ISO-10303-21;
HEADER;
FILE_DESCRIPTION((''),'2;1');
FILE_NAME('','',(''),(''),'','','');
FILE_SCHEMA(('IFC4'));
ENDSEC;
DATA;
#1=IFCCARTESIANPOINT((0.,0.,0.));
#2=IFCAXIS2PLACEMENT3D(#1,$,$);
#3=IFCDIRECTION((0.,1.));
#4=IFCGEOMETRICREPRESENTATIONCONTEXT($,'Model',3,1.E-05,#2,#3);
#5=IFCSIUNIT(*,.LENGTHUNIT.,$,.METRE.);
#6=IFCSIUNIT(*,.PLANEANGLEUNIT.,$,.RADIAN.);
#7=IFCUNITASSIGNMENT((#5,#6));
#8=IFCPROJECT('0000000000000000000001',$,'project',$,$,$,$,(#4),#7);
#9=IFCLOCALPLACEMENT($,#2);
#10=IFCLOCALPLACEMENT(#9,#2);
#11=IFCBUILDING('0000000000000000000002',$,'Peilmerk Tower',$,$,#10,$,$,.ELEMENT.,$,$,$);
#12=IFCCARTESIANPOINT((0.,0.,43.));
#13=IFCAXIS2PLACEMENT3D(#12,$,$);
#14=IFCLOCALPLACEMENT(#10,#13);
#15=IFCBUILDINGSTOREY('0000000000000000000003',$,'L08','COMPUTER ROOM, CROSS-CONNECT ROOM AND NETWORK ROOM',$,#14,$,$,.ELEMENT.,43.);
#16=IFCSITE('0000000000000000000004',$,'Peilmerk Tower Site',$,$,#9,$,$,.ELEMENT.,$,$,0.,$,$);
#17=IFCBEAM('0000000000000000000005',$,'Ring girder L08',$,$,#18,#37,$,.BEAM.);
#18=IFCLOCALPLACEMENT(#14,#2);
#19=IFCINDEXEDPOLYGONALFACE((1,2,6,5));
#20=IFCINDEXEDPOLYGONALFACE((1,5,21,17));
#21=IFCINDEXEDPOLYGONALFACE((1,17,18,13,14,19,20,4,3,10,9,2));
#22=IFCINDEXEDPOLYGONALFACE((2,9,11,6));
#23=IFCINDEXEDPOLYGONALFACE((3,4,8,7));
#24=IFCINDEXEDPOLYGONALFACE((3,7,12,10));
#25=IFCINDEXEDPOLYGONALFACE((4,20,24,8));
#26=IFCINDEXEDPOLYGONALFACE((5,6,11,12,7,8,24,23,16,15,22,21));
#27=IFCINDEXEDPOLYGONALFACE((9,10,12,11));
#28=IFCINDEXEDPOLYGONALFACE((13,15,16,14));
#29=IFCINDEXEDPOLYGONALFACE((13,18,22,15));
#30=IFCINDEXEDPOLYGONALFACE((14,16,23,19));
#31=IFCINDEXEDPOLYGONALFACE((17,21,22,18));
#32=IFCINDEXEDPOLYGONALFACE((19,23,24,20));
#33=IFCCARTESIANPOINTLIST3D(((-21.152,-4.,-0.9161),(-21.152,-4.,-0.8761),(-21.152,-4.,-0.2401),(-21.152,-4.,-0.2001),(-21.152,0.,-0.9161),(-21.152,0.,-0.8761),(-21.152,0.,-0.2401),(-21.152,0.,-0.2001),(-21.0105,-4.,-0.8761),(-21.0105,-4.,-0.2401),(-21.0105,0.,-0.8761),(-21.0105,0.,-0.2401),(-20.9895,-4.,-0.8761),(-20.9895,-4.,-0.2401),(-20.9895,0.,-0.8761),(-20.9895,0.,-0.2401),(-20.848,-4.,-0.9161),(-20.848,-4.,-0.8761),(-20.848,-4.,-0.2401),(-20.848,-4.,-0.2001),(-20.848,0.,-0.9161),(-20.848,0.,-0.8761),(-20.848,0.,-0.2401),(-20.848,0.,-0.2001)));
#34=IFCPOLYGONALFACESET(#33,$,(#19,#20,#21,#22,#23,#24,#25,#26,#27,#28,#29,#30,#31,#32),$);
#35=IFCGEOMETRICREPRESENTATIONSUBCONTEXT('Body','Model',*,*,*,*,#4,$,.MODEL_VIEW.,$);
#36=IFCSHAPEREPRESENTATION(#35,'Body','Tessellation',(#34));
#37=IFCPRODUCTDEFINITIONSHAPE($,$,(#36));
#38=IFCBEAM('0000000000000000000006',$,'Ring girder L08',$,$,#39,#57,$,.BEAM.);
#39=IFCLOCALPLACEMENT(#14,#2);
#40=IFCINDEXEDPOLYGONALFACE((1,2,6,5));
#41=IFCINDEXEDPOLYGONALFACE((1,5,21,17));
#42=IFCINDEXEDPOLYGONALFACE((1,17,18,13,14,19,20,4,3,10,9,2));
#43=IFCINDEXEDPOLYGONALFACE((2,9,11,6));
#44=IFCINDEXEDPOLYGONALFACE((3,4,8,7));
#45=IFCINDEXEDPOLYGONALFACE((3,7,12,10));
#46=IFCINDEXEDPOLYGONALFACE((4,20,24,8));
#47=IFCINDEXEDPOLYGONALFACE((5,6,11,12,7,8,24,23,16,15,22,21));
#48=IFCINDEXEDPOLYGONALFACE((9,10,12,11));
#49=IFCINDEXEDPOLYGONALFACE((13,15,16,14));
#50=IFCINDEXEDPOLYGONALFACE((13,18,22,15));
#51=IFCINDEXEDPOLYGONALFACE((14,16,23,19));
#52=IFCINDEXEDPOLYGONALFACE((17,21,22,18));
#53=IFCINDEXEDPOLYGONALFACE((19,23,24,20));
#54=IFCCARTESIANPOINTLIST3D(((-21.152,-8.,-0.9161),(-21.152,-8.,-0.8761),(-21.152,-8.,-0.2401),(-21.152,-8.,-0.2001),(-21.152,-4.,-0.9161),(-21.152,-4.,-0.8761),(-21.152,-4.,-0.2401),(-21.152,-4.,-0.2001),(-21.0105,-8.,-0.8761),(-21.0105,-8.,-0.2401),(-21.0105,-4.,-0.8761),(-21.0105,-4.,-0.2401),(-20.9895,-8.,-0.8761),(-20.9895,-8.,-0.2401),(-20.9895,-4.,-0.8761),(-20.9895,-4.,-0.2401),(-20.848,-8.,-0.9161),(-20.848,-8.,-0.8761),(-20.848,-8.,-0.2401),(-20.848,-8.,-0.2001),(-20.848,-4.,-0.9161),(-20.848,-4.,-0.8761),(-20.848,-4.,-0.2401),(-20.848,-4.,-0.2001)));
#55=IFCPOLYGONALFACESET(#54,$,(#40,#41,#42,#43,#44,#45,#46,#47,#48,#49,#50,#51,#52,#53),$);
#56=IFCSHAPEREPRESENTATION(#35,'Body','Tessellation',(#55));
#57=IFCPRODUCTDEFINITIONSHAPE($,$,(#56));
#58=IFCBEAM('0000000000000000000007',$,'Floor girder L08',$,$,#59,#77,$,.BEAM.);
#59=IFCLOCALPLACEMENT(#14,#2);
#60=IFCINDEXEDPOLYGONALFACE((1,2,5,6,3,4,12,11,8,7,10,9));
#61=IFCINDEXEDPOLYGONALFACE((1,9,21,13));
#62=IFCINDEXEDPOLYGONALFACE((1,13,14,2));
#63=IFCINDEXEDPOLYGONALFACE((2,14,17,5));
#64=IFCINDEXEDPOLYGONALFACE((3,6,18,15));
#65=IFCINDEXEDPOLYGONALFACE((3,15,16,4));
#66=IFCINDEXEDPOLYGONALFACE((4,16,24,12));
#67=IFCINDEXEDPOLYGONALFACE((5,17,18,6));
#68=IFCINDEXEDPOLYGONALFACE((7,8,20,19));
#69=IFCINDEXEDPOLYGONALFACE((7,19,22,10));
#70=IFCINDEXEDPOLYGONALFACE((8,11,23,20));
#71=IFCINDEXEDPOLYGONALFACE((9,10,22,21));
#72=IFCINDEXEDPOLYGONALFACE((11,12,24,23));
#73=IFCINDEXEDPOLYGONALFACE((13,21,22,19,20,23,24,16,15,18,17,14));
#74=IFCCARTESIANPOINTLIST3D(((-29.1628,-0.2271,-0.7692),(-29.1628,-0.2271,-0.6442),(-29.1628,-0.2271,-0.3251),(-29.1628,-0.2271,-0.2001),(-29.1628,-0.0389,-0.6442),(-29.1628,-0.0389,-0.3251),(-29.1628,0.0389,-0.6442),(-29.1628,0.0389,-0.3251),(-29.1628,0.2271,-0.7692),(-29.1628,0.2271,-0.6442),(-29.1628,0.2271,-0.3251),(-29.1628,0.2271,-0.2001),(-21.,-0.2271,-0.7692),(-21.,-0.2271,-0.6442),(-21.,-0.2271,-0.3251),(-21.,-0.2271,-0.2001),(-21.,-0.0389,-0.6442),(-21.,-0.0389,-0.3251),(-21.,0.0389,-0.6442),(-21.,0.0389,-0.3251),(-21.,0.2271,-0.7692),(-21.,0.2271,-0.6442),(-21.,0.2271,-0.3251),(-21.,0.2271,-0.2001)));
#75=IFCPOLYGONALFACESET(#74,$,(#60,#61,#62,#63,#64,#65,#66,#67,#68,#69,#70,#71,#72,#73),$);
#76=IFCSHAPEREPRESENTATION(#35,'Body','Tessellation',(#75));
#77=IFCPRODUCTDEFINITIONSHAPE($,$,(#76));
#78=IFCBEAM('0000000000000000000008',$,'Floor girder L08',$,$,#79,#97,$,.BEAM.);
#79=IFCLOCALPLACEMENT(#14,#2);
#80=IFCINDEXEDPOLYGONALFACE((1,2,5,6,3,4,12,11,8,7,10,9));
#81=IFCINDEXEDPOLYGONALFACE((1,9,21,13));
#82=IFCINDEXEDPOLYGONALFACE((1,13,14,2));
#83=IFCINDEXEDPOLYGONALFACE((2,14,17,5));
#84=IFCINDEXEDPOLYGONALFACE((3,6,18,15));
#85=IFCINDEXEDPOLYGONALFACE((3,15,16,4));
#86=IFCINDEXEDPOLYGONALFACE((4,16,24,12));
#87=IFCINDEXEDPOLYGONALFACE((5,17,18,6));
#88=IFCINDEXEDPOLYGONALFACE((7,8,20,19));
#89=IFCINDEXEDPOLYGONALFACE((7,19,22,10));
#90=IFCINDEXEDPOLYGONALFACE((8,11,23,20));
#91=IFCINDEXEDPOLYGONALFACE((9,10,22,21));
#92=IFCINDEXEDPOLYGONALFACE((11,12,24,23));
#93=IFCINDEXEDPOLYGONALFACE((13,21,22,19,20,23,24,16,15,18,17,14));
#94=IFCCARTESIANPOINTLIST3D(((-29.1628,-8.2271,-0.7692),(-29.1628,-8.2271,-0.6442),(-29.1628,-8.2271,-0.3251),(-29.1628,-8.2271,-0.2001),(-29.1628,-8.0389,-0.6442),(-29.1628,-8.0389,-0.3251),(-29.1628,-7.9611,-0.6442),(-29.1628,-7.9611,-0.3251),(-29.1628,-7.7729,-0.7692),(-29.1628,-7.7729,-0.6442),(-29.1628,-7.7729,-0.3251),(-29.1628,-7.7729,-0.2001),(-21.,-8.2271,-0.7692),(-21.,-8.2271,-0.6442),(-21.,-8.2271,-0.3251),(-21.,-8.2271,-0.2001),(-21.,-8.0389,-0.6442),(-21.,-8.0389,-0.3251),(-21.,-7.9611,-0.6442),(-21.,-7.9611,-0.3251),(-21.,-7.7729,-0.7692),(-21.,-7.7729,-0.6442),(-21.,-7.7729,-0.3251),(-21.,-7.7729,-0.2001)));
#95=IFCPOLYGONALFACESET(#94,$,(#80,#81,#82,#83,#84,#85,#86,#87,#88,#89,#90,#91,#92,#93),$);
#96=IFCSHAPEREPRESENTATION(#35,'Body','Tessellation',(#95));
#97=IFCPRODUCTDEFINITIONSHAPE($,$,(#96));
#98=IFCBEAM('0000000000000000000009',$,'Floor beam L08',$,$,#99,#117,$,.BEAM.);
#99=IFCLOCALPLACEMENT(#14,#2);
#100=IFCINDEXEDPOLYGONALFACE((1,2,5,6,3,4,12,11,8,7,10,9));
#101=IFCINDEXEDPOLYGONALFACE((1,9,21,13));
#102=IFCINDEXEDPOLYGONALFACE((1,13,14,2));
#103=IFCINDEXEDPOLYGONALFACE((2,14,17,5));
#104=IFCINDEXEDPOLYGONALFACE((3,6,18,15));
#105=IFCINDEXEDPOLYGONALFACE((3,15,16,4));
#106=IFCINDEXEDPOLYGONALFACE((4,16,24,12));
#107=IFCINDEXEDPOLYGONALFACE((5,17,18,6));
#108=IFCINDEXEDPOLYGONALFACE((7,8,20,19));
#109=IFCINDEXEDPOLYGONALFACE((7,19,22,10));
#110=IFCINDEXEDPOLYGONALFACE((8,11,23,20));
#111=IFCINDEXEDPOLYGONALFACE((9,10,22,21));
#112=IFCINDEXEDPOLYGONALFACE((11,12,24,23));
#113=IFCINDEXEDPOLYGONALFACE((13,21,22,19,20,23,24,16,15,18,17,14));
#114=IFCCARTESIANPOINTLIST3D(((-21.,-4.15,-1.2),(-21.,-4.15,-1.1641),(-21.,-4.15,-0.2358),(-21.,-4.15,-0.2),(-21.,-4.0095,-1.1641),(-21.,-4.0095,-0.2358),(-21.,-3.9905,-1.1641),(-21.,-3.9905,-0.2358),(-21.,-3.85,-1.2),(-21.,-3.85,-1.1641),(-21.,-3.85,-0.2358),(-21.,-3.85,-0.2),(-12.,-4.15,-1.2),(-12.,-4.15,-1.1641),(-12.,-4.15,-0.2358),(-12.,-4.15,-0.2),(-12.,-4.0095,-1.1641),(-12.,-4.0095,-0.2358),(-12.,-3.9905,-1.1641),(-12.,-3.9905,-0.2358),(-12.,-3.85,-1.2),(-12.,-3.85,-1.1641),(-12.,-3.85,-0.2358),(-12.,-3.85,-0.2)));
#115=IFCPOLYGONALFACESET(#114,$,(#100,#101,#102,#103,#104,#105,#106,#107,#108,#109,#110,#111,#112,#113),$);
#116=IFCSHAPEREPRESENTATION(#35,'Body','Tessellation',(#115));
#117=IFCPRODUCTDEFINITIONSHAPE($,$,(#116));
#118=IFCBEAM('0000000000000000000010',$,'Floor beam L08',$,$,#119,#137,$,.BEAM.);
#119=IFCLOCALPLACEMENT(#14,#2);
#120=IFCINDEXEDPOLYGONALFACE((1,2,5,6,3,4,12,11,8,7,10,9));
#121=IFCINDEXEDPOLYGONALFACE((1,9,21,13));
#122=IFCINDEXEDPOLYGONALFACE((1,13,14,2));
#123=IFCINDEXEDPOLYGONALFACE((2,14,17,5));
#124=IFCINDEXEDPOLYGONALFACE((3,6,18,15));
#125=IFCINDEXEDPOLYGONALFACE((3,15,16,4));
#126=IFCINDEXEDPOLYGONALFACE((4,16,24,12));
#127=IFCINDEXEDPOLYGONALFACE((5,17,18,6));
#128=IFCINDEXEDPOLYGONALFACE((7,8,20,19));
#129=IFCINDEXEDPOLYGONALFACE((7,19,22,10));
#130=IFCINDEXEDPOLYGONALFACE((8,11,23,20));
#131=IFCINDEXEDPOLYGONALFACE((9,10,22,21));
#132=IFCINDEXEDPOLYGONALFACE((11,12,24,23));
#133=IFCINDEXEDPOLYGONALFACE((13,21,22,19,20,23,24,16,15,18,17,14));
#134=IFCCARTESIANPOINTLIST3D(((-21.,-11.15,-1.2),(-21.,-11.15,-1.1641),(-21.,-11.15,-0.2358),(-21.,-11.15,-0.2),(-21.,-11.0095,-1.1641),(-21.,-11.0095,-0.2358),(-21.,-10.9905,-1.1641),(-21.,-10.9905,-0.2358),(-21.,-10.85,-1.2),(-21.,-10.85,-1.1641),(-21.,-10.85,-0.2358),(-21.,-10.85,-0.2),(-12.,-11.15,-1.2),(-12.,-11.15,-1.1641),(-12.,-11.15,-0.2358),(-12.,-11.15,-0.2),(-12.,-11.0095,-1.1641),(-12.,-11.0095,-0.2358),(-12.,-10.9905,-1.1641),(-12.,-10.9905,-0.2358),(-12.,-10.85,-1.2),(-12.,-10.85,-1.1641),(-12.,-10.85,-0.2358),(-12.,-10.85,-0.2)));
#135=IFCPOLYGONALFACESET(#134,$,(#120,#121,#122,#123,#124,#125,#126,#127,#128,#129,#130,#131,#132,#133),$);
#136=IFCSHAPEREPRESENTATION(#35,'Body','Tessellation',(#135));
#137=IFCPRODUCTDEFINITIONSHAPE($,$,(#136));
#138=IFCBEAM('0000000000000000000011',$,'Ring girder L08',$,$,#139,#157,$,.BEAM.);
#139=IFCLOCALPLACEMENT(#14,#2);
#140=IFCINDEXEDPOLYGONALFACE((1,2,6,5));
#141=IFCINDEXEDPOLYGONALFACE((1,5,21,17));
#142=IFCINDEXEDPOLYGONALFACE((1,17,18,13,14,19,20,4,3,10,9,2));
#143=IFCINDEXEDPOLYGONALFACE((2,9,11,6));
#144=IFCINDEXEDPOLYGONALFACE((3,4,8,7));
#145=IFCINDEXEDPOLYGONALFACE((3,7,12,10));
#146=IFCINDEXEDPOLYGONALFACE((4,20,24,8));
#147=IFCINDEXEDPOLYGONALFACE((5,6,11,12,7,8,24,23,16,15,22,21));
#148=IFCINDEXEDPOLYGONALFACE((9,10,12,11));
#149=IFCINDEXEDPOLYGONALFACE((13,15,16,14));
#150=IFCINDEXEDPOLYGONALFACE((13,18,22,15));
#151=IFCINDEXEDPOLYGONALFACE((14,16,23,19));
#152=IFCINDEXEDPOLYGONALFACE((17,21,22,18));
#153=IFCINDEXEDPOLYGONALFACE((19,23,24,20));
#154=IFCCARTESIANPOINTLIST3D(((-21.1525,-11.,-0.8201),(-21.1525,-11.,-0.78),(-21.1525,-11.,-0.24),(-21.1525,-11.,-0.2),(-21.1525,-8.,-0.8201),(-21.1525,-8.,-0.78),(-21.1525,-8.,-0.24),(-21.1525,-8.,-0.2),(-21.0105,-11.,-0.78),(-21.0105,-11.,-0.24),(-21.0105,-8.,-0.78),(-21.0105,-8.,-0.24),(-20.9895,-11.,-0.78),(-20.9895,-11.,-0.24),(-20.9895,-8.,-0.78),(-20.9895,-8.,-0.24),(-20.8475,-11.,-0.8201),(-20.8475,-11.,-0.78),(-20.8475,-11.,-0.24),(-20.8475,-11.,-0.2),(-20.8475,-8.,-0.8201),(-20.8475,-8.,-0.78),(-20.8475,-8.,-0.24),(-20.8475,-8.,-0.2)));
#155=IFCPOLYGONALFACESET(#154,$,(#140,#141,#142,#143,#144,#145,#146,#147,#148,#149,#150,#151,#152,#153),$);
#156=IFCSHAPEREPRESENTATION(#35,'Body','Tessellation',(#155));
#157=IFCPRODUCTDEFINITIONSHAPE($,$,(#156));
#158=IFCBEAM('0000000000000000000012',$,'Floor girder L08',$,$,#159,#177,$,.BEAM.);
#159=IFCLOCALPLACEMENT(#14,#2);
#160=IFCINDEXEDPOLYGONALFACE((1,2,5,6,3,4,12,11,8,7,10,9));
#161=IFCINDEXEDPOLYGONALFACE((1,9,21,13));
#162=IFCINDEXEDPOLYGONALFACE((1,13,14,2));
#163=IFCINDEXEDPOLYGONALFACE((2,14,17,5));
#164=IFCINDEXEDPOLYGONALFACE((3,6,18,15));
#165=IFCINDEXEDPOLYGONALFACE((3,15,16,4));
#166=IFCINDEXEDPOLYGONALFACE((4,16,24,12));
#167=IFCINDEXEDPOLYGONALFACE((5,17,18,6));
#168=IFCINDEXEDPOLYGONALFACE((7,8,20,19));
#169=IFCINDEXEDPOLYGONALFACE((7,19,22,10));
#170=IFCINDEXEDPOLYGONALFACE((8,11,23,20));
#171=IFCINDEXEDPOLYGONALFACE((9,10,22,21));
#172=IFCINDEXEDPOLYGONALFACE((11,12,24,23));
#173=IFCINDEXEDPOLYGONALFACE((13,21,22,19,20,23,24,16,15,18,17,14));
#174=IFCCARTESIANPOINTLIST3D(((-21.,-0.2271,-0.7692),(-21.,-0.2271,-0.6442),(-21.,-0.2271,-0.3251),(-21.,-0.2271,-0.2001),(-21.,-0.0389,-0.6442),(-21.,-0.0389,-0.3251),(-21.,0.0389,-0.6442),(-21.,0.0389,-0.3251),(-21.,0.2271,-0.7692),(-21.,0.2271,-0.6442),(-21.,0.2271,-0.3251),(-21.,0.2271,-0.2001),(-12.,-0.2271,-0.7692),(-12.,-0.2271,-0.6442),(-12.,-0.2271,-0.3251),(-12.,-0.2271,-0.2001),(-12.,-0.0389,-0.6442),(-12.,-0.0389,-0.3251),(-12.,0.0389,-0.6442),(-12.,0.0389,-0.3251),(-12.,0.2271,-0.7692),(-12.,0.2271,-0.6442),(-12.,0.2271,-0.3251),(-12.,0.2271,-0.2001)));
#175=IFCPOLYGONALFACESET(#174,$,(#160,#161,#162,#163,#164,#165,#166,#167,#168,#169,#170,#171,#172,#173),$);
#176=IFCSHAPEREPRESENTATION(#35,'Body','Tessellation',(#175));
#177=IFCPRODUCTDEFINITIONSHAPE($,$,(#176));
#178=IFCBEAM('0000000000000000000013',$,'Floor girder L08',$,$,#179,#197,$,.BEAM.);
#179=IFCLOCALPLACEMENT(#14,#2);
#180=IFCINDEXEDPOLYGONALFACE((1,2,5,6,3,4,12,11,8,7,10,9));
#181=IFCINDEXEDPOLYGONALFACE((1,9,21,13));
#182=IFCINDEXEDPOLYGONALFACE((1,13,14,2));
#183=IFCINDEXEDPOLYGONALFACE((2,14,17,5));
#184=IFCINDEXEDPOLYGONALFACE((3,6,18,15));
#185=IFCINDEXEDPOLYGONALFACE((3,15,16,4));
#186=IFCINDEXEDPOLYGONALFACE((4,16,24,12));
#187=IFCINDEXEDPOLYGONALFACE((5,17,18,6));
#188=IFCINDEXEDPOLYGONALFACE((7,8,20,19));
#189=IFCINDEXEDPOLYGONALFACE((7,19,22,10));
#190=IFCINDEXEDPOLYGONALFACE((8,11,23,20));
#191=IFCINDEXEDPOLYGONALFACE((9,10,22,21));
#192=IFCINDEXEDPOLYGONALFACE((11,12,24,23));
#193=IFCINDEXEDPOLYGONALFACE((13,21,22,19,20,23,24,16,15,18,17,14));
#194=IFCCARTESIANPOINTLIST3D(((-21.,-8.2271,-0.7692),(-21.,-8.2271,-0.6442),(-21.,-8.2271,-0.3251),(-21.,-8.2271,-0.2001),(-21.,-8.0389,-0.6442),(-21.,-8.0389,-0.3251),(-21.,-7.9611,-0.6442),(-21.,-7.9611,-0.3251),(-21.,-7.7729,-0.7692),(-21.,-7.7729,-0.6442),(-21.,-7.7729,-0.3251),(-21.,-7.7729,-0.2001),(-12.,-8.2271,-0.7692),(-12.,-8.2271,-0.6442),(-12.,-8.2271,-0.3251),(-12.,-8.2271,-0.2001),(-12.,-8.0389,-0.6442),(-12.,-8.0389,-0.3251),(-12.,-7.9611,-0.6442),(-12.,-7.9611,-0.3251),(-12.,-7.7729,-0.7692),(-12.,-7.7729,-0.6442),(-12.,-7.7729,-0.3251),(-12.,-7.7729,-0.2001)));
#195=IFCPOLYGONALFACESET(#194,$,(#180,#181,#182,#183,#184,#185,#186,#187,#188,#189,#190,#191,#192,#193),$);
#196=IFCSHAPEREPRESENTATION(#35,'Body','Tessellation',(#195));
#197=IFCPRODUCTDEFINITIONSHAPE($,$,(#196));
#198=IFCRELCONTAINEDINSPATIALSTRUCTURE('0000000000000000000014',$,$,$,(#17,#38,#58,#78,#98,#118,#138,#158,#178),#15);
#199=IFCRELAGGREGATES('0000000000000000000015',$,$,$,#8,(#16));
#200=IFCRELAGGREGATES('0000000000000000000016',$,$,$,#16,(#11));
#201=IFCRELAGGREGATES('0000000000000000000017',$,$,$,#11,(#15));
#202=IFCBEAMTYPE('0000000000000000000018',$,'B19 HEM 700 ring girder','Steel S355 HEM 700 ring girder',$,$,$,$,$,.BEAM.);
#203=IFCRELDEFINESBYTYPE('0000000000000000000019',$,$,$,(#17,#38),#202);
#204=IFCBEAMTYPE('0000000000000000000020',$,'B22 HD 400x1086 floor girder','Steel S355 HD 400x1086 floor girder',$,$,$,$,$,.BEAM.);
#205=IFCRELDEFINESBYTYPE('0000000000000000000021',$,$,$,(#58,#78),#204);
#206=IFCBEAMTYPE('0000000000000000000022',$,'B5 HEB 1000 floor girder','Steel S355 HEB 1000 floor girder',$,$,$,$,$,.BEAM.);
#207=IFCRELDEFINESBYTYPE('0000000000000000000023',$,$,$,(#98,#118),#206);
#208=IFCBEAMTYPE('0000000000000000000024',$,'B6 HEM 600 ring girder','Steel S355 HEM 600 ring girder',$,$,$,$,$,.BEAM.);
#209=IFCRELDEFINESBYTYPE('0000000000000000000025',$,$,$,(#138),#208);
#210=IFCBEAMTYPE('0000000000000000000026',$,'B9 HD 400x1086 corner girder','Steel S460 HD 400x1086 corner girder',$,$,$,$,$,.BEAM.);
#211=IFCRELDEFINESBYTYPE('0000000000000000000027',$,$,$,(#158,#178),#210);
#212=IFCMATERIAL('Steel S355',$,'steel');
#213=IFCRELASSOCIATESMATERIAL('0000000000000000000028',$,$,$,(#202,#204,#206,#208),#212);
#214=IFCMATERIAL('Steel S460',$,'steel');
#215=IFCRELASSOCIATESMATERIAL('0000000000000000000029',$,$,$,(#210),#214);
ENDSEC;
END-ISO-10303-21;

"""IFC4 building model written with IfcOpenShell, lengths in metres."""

from ifc_helpers import new_model, si_unit, direction, frame, origin, origin_2d, place, context, subcontext, project, spatial, i_section, extrude, material, material_profile, profile_set, type_object, element, save


model = new_model("IFC4")

# Units and contexts
model_context = context("Model", 3, precision=1e-05, world=origin(), true_north=direction((0.0, 1.0)))
body_context = subcontext(model_context, "Body", "Model", "MODEL_VIEW")
ifc_project = project(units=[si_unit("LENGTHUNIT", "METRE"), si_unit("PLANEANGLEUNIT", "RADIAN")], contexts=[model_context])

# Site, building, storey
site_placement = place(None, origin())
site = spatial("IfcSite", under=ifc_project, at=site_placement, Name="Peilmerk Tower Site", CompositionType="ELEMENT", RefElevation=0.0)
building_placement = place(site_placement, origin())
building = spatial("IfcBuilding", under=site, at=building_placement, Name="Peilmerk Tower", CompositionType="ELEMENT")
storey_placement = place(building_placement, frame((0.0, 0.0, 43.0)))
storey = spatial("IfcBuildingStorey", under=building, at=storey_placement, Name="L08", Description="COMPUTER ROOM, CROSS-CONNECT ROOM AND NETWORK ROOM", CompositionType="ELEMENT", Elevation=43.0)

# Beams
ifc_material_1 = material(Name="Steel S355", Category="steel")
ifc_material_profile_1 = material_profile(ifc_material_1, i_section(OverallWidth=0.304, OverallDepth=0.7161, WebThickness=0.021, FlangeThickness=0.04, at=origin_2d()), Name="HEM 700")
ifc_profile_set_1 = profile_set([ifc_material_profile_1], Name="Steel S355")
beam_type_1 = type_object("IfcBeamType", Name="B19 HEM 700 ring girder", Description="Steel S355 HEM 700 ring girder", PredefinedType="BEAM", material=ifc_profile_set_1)
for number, where, z_axis, x_axis, name in (
    (1, (-21.0, 0.0, -0.5581), (0.0, -1.0, 0.0), (1.0, 0.0, 0.0), "Ring girder L08"),
    (2, (-21.0, -4.0, -0.5581), (0.0, -1.0, 0.0), (1.0, 0.0, 0.0), "Ring girder L08"),
):
    element("IfcBeam", number, at=place(storey_placement, frame(where, z_axis=z_axis, x_axis=x_axis)), inside=storey, type_object=beam_type_1, Name=name, PredefinedType="BEAM", context=body_context, shape_type="SweptSolid", body=[
        extrude(i_section(OverallWidth=0.304, OverallDepth=0.7161, WebThickness=0.021, FlangeThickness=0.04, at=origin_2d()), origin(), (0.0, 0.0, 1.0), 4.0),
    ])
ifc_material_profile_2 = material_profile(ifc_material_1, i_section(OverallWidth=0.4541, OverallDepth=0.5691, WebThickness=0.0779, FlangeThickness=0.125, at=origin_2d()), Name="HD 400x1086")
ifc_profile_set_2 = profile_set([ifc_material_profile_2], Name="Steel S355")
beam_type_2 = type_object("IfcBeamType", Name="B22 HD 400x1086 floor girder", Description="Steel S355 HD 400x1086 floor girder", PredefinedType="BEAM", material=ifc_profile_set_2)
for number, where, z_axis, x_axis, name in (
    (3, (-21.0, 0.0, -0.4846), (-1.0, 0.0, 0.0), (0.0, -1.0, 0.0), "Floor girder L08"),
    (4, (-21.0, -8.0, -0.4846), (-1.0, 0.0, 0.0), (0.0, -1.0, 0.0), "Floor girder L08"),
):
    element("IfcBeam", number, at=place(storey_placement, frame(where, z_axis=z_axis, x_axis=x_axis)), inside=storey, type_object=beam_type_2, Name=name, PredefinedType="BEAM", context=body_context, shape_type="SweptSolid", body=[
        extrude(i_section(OverallWidth=0.4541, OverallDepth=0.5691, WebThickness=0.0779, FlangeThickness=0.125, at=origin_2d()), origin(), (0.0, 0.0, 1.0), 8.1628),
    ])
ifc_material_profile_3 = material_profile(ifc_material_1, i_section(OverallWidth=0.3, OverallDepth=1.0, WebThickness=0.019, FlangeThickness=0.0359, at=origin_2d()), Name="HEB 1000")
ifc_profile_set_3 = profile_set([ifc_material_profile_3], Name="Steel S355")
beam_type_3 = type_object("IfcBeamType", Name="B5 HEB 1000 floor girder", Description="Steel S355 HEB 1000 floor girder", PredefinedType="BEAM", material=ifc_profile_set_3)
for number, where, z_axis, x_axis, name in (
    (5, (-12.0, -4.0, -0.7), (-1.0, 0.0, 0.0), (0.0, -1.0, 0.0), "Floor beam L08"),
    (6, (-12.0, -11.0, -0.7), (-1.0, 0.0, 0.0), (0.0, -1.0, 0.0), "Floor beam L08"),
):
    element("IfcBeam", number, at=place(storey_placement, frame(where, z_axis=z_axis, x_axis=x_axis)), inside=storey, type_object=beam_type_3, Name=name, PredefinedType="BEAM", context=body_context, shape_type="SweptSolid", body=[
        extrude(i_section(OverallWidth=0.3, OverallDepth=1.0, WebThickness=0.019, FlangeThickness=0.0359, at=origin_2d()), origin(), (0.0, 0.0, 1.0), 9.0),
    ])
ifc_material_profile_4 = material_profile(ifc_material_1, i_section(OverallWidth=0.3049, OverallDepth=0.6201, WebThickness=0.021, FlangeThickness=0.04, at=origin_2d()), Name="HEM 600")
ifc_profile_set_4 = profile_set([ifc_material_profile_4], Name="Steel S355")
beam_type_4 = type_object("IfcBeamType", Name="B6 HEM 600 ring girder", Description="Steel S355 HEM 600 ring girder", PredefinedType="BEAM", material=ifc_profile_set_4)
beam_1_placement = place(storey_placement, frame((-21.0, -8.0, -0.51), z_axis=(0.0, -1.0, 0.0), x_axis=(1.0, 0.0, 0.0)))
element("IfcBeam", 7, at=beam_1_placement, inside=storey, type_object=beam_type_4, Name="Ring girder L08", PredefinedType="BEAM", context=body_context, shape_type="SweptSolid", body=[
    extrude(i_section(OverallWidth=0.3049, OverallDepth=0.6201, WebThickness=0.021, FlangeThickness=0.04, at=origin_2d()), origin(), (0.0, 0.0, 1.0), 3.0),
])
ifc_material_2 = material(Name="Steel S460", Category="steel")
ifc_material_profile_5 = material_profile(ifc_material_2, i_section(OverallWidth=0.4541, OverallDepth=0.5691, WebThickness=0.0779, FlangeThickness=0.125, at=origin_2d()), Name="HD 400x1086")
ifc_profile_set_5 = profile_set([ifc_material_profile_5], Name="Steel S460")
beam_type_5 = type_object("IfcBeamType", Name="B9 HD 400x1086 corner girder", Description="Steel S460 HD 400x1086 corner girder", PredefinedType="BEAM", material=ifc_profile_set_5)
for number, where, z_axis, x_axis, name in (
    (8, (-12.0, 0.0, -0.4846), (-1.0, 0.0, 0.0), (0.0, -1.0, 0.0), "Floor girder L08"),
    (9, (-12.0, -8.0, -0.4846), (-1.0, 0.0, 0.0), (0.0, -1.0, 0.0), "Floor girder L08"),
):
    element("IfcBeam", number, at=place(storey_placement, frame(where, z_axis=z_axis, x_axis=x_axis)), inside=storey, type_object=beam_type_5, Name=name, PredefinedType="BEAM", context=body_context, shape_type="SweptSolid", body=[
        extrude(i_section(OverallWidth=0.4541, OverallDepth=0.5691, WebThickness=0.0779, FlangeThickness=0.125, at=origin_2d()), origin(), (0.0, 0.0, 1.0), 9.0),
    ])

save(model, "model.ifc")
